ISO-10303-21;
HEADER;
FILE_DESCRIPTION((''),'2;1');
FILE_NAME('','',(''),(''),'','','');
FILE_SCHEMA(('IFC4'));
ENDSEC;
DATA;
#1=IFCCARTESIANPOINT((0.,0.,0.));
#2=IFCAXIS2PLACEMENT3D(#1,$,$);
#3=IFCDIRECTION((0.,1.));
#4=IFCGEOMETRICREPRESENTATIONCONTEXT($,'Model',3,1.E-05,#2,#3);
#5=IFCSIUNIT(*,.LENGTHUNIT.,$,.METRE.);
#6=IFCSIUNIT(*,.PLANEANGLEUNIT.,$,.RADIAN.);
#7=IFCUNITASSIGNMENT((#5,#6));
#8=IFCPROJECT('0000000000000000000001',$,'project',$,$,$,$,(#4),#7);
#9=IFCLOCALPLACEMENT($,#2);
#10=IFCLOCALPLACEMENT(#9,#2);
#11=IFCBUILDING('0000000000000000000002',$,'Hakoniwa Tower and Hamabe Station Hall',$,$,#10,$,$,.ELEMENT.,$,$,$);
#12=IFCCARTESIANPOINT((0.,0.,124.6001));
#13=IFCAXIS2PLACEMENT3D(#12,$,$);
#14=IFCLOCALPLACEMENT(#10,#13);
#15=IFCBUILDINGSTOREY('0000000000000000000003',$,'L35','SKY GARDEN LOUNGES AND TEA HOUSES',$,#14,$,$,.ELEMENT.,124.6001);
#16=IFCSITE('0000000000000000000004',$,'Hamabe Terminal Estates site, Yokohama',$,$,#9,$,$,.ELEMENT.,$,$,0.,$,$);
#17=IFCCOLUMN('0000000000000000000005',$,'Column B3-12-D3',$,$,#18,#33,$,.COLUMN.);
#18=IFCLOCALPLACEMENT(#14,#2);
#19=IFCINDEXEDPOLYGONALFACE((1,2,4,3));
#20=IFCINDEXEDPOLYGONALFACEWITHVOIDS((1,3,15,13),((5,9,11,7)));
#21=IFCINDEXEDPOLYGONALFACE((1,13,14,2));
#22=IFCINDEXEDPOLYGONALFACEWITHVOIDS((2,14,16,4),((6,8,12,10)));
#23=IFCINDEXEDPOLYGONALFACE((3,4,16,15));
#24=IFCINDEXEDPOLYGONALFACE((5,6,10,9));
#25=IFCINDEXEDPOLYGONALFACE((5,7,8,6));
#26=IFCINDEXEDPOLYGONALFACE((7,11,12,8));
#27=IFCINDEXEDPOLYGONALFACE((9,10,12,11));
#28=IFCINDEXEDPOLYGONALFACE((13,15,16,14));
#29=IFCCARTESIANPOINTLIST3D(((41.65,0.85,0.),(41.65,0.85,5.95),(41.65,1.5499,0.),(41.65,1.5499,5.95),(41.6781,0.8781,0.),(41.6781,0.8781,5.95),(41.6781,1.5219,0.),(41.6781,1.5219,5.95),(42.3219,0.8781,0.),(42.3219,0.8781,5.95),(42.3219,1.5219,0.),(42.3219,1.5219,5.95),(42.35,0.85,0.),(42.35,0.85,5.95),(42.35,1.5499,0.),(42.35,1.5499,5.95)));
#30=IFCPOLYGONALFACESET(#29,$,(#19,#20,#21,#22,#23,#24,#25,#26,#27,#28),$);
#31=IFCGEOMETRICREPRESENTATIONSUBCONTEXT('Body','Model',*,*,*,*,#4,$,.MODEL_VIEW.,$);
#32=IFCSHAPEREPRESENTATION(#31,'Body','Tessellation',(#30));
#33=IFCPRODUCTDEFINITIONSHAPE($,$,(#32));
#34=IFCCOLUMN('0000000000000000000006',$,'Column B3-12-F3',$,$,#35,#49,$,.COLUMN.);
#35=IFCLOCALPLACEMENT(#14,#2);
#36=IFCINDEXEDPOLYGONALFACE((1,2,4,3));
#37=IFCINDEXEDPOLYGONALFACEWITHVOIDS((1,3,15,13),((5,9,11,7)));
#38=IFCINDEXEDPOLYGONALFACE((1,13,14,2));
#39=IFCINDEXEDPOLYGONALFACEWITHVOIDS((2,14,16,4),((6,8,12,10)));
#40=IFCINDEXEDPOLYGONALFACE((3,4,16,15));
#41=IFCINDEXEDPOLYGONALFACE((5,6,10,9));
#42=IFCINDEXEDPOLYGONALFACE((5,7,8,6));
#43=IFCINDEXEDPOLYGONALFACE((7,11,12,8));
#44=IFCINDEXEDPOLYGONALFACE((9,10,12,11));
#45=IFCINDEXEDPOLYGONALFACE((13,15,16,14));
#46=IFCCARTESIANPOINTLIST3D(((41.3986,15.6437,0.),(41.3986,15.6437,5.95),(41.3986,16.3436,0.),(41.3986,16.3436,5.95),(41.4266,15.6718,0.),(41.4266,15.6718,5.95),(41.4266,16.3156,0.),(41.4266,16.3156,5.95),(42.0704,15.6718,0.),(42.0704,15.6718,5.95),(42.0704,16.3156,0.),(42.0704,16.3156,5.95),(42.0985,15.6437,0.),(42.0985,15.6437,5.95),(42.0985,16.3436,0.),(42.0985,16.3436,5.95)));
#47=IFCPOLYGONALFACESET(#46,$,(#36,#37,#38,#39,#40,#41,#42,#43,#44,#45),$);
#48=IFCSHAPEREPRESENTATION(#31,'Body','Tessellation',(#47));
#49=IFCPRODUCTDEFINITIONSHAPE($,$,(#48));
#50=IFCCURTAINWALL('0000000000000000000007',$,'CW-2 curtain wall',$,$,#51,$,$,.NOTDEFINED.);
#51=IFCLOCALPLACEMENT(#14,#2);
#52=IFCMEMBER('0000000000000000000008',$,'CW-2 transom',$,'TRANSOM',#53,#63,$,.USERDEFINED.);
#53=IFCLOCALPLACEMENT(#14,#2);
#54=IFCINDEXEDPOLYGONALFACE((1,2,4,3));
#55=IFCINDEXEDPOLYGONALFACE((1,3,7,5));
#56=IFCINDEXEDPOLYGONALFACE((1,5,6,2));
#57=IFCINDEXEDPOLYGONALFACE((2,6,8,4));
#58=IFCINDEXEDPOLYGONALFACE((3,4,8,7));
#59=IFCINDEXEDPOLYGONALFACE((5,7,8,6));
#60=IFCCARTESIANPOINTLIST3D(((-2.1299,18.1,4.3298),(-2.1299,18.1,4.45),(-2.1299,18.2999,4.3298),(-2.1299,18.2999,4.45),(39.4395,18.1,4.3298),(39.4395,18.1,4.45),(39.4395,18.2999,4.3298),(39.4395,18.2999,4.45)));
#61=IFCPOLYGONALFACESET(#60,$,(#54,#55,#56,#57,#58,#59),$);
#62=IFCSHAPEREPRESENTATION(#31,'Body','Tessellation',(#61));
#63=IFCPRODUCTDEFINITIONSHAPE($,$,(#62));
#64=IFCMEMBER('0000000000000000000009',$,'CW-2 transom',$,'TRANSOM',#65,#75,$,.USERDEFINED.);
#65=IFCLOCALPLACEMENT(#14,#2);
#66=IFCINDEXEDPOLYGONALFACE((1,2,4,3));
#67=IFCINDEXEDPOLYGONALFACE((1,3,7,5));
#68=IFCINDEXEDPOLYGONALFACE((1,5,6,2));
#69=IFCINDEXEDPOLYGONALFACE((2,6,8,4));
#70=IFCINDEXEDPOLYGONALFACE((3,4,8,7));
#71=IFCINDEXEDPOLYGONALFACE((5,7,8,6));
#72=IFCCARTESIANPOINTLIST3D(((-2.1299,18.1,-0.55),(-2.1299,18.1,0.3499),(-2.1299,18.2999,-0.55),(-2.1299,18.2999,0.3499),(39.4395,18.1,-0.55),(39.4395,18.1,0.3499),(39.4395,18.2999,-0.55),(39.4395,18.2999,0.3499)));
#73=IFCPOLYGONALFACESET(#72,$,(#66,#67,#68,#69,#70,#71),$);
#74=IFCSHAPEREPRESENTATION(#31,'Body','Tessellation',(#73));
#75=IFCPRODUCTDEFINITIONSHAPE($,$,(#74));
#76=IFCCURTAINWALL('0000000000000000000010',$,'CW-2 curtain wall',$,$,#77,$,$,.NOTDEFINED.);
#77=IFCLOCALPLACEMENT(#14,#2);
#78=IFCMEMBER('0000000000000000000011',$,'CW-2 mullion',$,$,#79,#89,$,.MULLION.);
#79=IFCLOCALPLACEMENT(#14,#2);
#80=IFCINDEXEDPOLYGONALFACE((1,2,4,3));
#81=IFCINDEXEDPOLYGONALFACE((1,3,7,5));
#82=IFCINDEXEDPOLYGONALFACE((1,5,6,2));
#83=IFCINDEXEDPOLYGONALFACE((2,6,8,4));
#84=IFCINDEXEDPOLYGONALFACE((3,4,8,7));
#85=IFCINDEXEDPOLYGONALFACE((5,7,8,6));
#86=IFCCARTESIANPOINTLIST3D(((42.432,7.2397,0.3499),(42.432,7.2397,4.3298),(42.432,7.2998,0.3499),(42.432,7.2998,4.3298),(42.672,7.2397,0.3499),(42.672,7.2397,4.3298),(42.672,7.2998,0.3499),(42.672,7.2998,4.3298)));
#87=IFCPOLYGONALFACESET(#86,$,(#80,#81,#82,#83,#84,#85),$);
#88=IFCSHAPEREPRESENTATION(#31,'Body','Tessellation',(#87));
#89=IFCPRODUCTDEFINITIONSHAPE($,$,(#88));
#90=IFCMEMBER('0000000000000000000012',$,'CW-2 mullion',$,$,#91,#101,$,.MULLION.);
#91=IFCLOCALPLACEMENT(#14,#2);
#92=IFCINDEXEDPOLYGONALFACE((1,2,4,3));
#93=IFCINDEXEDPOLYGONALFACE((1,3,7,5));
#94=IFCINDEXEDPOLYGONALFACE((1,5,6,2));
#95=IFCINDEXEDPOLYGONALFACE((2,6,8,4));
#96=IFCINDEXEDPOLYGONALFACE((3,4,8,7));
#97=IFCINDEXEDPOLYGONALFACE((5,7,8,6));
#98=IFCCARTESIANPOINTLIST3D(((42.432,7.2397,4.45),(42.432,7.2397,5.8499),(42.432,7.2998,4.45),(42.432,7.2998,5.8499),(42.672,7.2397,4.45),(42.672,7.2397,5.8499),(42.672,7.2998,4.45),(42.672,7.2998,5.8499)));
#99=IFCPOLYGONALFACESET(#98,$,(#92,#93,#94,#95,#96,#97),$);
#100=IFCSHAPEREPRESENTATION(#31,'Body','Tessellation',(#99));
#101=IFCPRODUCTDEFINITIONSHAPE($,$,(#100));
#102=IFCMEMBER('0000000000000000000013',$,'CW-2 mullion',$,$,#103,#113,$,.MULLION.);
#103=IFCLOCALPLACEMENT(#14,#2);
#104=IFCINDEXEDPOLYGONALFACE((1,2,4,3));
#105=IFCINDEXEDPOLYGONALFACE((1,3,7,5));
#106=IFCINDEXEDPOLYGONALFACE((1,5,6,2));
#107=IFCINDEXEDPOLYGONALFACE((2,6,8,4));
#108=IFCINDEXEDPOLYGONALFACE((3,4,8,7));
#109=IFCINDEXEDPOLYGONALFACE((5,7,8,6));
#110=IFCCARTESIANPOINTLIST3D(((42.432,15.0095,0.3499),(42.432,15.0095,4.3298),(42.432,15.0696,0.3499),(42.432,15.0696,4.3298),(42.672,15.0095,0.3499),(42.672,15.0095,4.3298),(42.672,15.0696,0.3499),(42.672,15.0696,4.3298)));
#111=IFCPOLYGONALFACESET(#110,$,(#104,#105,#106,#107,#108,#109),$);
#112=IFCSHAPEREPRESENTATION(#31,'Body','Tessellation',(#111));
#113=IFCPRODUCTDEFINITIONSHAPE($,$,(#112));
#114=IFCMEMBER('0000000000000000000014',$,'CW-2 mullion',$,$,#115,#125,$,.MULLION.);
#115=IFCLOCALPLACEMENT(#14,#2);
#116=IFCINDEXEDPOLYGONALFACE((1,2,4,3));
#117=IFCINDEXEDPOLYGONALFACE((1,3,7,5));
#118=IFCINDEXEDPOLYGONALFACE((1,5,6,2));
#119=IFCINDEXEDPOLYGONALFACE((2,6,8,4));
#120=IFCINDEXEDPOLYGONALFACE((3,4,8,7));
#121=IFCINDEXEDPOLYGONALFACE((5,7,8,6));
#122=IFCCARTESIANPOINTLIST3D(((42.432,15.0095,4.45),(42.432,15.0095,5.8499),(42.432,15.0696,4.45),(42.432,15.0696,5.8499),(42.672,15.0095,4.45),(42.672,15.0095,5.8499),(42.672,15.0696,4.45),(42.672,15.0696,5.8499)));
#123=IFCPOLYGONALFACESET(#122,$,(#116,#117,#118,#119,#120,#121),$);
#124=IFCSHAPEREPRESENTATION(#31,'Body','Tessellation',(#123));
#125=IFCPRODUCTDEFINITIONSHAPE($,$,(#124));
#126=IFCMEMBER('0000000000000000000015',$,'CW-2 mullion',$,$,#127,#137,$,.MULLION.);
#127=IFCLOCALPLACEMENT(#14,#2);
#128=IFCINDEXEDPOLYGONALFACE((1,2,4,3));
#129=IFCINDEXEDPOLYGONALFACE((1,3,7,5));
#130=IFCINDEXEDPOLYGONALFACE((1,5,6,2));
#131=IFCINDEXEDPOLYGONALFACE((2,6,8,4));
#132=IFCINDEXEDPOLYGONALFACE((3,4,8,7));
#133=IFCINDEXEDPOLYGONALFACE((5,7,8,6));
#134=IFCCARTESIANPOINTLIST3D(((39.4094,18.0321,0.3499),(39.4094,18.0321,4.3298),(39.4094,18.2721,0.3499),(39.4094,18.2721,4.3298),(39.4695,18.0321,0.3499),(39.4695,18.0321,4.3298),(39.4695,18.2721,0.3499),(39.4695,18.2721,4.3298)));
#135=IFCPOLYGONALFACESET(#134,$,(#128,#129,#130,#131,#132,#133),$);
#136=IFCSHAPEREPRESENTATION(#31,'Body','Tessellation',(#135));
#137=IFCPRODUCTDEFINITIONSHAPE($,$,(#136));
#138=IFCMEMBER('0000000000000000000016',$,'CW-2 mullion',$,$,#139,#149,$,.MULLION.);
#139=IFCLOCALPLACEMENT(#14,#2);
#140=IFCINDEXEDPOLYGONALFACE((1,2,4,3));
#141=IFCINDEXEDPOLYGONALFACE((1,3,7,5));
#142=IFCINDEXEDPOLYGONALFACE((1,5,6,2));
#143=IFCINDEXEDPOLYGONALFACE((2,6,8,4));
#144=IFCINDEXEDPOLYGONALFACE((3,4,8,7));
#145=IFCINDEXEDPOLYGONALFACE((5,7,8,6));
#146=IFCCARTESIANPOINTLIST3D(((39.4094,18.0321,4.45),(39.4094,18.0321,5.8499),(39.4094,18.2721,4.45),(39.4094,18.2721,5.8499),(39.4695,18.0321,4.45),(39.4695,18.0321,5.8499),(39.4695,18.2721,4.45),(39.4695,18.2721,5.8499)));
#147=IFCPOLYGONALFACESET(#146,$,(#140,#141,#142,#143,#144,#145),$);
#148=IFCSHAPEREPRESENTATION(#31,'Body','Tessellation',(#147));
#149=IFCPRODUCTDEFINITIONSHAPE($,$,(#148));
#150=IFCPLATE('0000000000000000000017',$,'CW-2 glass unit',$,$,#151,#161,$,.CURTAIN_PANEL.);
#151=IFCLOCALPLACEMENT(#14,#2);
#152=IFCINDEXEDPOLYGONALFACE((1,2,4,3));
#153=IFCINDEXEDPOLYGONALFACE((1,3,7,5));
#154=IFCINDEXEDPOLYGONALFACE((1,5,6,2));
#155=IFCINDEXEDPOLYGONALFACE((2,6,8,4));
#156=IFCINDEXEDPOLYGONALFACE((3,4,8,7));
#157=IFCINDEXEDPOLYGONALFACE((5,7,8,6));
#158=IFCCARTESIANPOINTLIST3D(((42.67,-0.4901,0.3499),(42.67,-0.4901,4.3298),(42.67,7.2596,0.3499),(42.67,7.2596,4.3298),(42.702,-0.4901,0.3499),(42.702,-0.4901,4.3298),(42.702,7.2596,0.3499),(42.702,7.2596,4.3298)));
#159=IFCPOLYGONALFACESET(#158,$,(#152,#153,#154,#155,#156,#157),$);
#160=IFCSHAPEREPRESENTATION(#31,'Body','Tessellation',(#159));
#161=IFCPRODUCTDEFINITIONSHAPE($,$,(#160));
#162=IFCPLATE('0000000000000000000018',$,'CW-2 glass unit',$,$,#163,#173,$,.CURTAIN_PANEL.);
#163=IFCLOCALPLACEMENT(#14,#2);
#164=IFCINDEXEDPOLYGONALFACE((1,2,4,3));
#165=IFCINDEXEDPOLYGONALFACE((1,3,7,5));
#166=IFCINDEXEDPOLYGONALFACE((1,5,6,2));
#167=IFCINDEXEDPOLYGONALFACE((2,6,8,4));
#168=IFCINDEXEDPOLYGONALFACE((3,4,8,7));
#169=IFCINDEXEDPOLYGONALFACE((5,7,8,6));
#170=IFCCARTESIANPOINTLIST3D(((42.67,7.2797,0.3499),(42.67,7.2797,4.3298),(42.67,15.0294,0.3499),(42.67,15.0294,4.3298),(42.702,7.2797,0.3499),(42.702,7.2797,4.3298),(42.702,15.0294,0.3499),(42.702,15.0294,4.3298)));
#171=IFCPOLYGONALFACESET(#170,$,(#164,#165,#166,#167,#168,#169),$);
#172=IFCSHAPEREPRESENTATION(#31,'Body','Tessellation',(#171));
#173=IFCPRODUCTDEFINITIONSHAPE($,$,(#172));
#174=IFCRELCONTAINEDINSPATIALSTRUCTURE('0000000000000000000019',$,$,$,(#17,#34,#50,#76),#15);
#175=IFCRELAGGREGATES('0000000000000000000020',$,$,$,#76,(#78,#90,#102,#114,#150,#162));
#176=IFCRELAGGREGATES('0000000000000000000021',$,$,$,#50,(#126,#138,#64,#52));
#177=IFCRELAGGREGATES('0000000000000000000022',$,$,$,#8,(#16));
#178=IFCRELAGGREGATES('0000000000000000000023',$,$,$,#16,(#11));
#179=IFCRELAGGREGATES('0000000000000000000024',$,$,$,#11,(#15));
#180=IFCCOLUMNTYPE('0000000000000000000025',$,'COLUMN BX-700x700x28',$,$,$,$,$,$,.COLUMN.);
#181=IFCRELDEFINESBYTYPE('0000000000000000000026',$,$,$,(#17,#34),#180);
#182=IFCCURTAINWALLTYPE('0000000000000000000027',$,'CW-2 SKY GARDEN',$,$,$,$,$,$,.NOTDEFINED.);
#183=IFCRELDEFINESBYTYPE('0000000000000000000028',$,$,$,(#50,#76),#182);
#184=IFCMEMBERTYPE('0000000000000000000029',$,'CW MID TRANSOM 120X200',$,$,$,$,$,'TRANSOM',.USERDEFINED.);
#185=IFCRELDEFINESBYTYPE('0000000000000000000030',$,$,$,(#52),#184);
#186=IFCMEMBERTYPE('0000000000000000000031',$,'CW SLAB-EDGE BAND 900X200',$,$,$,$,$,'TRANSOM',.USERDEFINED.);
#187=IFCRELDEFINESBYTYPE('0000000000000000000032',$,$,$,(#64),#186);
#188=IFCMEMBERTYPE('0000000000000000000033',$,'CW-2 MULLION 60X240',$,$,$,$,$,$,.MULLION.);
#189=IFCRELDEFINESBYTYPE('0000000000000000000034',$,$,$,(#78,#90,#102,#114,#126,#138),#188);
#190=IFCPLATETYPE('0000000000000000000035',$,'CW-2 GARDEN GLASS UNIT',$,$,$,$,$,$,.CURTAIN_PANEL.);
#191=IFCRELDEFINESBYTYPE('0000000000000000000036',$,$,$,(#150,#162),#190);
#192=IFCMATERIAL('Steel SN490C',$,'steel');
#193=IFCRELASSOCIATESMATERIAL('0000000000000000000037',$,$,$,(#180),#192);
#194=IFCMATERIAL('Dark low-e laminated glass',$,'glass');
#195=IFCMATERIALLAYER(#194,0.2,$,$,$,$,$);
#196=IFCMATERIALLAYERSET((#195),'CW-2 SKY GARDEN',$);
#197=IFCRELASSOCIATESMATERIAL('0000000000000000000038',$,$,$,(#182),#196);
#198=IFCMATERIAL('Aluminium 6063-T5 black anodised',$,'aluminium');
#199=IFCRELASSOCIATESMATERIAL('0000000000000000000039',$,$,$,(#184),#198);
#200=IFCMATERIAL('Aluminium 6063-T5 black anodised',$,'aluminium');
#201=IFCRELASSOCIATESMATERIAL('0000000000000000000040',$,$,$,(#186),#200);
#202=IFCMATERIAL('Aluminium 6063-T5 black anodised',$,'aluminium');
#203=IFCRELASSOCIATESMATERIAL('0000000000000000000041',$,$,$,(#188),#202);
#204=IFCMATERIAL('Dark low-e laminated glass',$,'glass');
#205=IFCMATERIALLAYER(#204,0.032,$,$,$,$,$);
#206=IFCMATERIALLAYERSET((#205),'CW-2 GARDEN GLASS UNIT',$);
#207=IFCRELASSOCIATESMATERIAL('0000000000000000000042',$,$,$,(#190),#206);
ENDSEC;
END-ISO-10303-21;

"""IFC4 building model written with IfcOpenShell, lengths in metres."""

from ifc_helpers import new_model, si_unit, direction, frame, origin, origin_2d, place, context, subcontext, project, spatial, rectangle, hollow_rectangle, extrude, material, layer, layer_set, material_profile, profile_set, type_object, element, aggregate, save


model = new_model("IFC4")

# Units and contexts
model_context = context("Model", 3, precision=1e-05, world=origin(), true_north=direction((0.0, 1.0)))
body_context = subcontext(model_context, "Body", "Model", "MODEL_VIEW")
ifc_project = project(units=[si_unit("LENGTHUNIT", "METRE"), si_unit("PLANEANGLEUNIT", "RADIAN")], contexts=[model_context])

# Site, building, storey
site_placement = place(None, origin())
site = spatial("IfcSite", under=ifc_project, at=site_placement, Name="Hamabe Terminal Estates site, Yokohama", CompositionType="ELEMENT", RefElevation=0.0)
building_placement = place(site_placement, origin())
building = spatial("IfcBuilding", under=site, at=building_placement, Name="Hakoniwa Tower and Hamabe Station Hall", CompositionType="ELEMENT")
storey_placement = place(building_placement, frame((0.0, 0.0, 124.6001)))
storey = spatial("IfcBuildingStorey", under=building, at=storey_placement, Name="L35", Description="SKY GARDEN LOUNGES AND TEA HOUSES", CompositionType="ELEMENT", Elevation=124.6001)

# Columns
ifc_material_1 = material(Name="Steel SN490C", Category="steel")
ifc_material_profile_1 = material_profile(ifc_material_1, hollow_rectangle(XDim=0.7, YDim=0.7, WallThickness=0.0281, at=origin_2d()), Name="BX-700x700x28")
ifc_profile_set_1 = profile_set([ifc_material_profile_1], Name="Steel SN490C")
column_type = type_object("IfcColumnType", Name="COLUMN BX-700x700x28", PredefinedType="COLUMN", material=ifc_profile_set_1)
for number, where, z_axis, x_axis, name in (
    (1, (42.0, 1.2, 0.0), (0.0, 0.0, 1.0), (1.0, 0.0, 0.0), "Column B3-12-D3"),
    (2, (41.7485, 15.9937, 0.0), (0.0, 0.0, 1.0), (1.0, 0.0, 0.0), "Column B3-12-F3"),
):
    element("IfcColumn", number, at=place(storey_placement, frame(where, z_axis=z_axis, x_axis=x_axis)), inside=storey, type_object=column_type, Name=name, PredefinedType="COLUMN", context=body_context, shape_type="SweptSolid", body=[
        extrude(hollow_rectangle(XDim=0.7, YDim=0.7, WallThickness=0.0281, at=origin_2d()), origin(), (0.0, 0.0, 1.0), 5.95),
    ])

# Curtain walls, members
ifc_material_2 = material(Name="Dark low-e laminated glass", Category="glass")
ifc_layer_1 = layer(ifc_material_2, 0.2)
ifc_layer_set_1 = layer_set([ifc_layer_1], Name="CW-2 SKY GARDEN")
curtain_wall_type = type_object("IfcCurtainWallType", Name="CW-2 SKY GARDEN", PredefinedType="NOTDEFINED", material=ifc_layer_set_1)
curtain_wall_1_placement = place(storey_placement, origin())
curtain_wall_1 = element("IfcCurtainWall", 3, at=curtain_wall_1_placement, inside=storey, type_object=curtain_wall_type, Name="CW-2 curtain wall", PredefinedType="NOTDEFINED")
ifc_material_3 = material(Name="Aluminium 6063-T5 black anodised", Category="aluminium")
ifc_material_profile_2 = material_profile(ifc_material_3, rectangle(XDim=0.2, YDim=0.1201, at=origin_2d()), Name="CW MID TRANSOM 120X200")
ifc_profile_set_2 = profile_set([ifc_material_profile_2], Name="Aluminium 6063-T5 black anodised")
member_type_1 = type_object("IfcMemberType", Name="CW MID TRANSOM 120X200", ElementType="TRANSOM", PredefinedType="USERDEFINED", material=ifc_profile_set_2)
member_1_placement = place(storey_placement, frame((39.4395, 18.2, 4.3899), z_axis=(-1.0, 0.0, 0.0), x_axis=(0.0, -1.0, 0.0)))
member_1 = element("IfcMember", 4, at=member_1_placement, type_object=member_type_1, Name="CW-2 transom", ObjectType="TRANSOM", PredefinedType="USERDEFINED", context=body_context, shape_type="SweptSolid", body=[
    extrude(rectangle(XDim=0.2, YDim=0.1201, at=origin_2d()), origin(), (0.0, 0.0, 1.0), 41.5693),
])
ifc_material_4 = material(Name="Aluminium 6063-T5 black anodised", Category="aluminium")
ifc_material_profile_3 = material_profile(ifc_material_4, rectangle(XDim=0.2, YDim=0.8999, at=origin_2d()), Name="CW SLAB-EDGE BAND 900X200")
ifc_profile_set_3 = profile_set([ifc_material_profile_3], Name="Aluminium 6063-T5 black anodised")
member_type_2 = type_object("IfcMemberType", Name="CW SLAB-EDGE BAND 900X200", ElementType="TRANSOM", PredefinedType="USERDEFINED", material=ifc_profile_set_3)
member_2_placement = place(storey_placement, frame((39.4395, 18.2, -0.1001), z_axis=(-1.0, 0.0, 0.0), x_axis=(0.0, -1.0, 0.0)))
member_2 = element("IfcMember", 5, at=member_2_placement, type_object=member_type_2, Name="CW-2 transom", ObjectType="TRANSOM", PredefinedType="USERDEFINED", context=body_context, shape_type="SweptSolid", body=[
    extrude(rectangle(XDim=0.2, YDim=0.8999, at=origin_2d()), origin(), (0.0, 0.0, 1.0), 41.5693),
])
curtain_wall_2_placement = place(storey_placement, origin())
curtain_wall_2 = element("IfcCurtainWall", 6, at=curtain_wall_2_placement, inside=storey, type_object=curtain_wall_type, Name="CW-2 curtain wall", PredefinedType="NOTDEFINED")
ifc_material_5 = material(Name="Aluminium 6063-T5 black anodised", Category="aluminium")
ifc_material_profile_4 = material_profile(ifc_material_5, rectangle(XDim=0.0601, YDim=0.24, at=origin_2d()), Name="CW-2 MULLION 60X240")
ifc_profile_set_4 = profile_set([ifc_material_profile_4], Name="Aluminium 6063-T5 black anodised")
member_type_3 = type_object("IfcMemberType", Name="CW-2 MULLION 60X240", PredefinedType="MULLION", material=ifc_profile_set_4)
member_3_placement = place(storey_placement, frame((42.552, 7.2698, 0.3499), z_axis=(0.0, 0.0, 1.0), x_axis=(0.0, 1.0, 0.0)))
member_3 = element("IfcMember", 7, at=member_3_placement, type_object=member_type_3, Name="CW-2 mullion", PredefinedType="MULLION", context=body_context, shape_type="SweptSolid", body=[
    extrude(rectangle(XDim=0.0601, YDim=0.24, at=origin_2d()), origin(), (0.0, 0.0, 1.0), 3.98),
])
member_4_placement = place(storey_placement, frame((42.552, 7.2698, 4.45), z_axis=(0.0, 0.0, 1.0), x_axis=(0.0, 1.0, 0.0)))
member_4 = element("IfcMember", 8, at=member_4_placement, type_object=member_type_3, Name="CW-2 mullion", PredefinedType="MULLION", context=body_context, shape_type="SweptSolid", body=[
    extrude(rectangle(XDim=0.0601, YDim=0.24, at=origin_2d()), origin(), (0.0, 0.0, 1.0), 1.3999),
])
member_5_placement = place(storey_placement, frame((42.552, 15.0396, 0.3499), z_axis=(0.0, 0.0, 1.0), x_axis=(0.0, 1.0, 0.0)))
member_5 = element("IfcMember", 9, at=member_5_placement, type_object=member_type_3, Name="CW-2 mullion", PredefinedType="MULLION", context=body_context, shape_type="SweptSolid", body=[
    extrude(rectangle(XDim=0.0601, YDim=0.24, at=origin_2d()), origin(), (0.0, 0.0, 1.0), 3.98),
])
member_6_placement = place(storey_placement, frame((42.552, 15.0396, 4.45), z_axis=(0.0, 0.0, 1.0), x_axis=(0.0, 1.0, 0.0)))
member_6 = element("IfcMember", 10, at=member_6_placement, type_object=member_type_3, Name="CW-2 mullion", PredefinedType="MULLION", context=body_context, shape_type="SweptSolid", body=[
    extrude(rectangle(XDim=0.0601, YDim=0.24, at=origin_2d()), origin(), (0.0, 0.0, 1.0), 1.3999),
])

# Members
member_7_placement = place(storey_placement, frame((39.4395, 18.1521, 0.3499), z_axis=(0.0, 0.0, 1.0), x_axis=(-1.0, 0.0, 0.0)))
member_7 = element("IfcMember", 11, at=member_7_placement, type_object=member_type_3, Name="CW-2 mullion", PredefinedType="MULLION", context=body_context, shape_type="SweptSolid", body=[
    extrude(rectangle(XDim=0.0601, YDim=0.24, at=origin_2d()), origin(), (0.0, 0.0, 1.0), 3.98),
])
member_8_placement = place(storey_placement, frame((39.4395, 18.1521, 4.45), z_axis=(0.0, 0.0, 1.0), x_axis=(-1.0, 0.0, 0.0)))
member_8 = element("IfcMember", 12, at=member_8_placement, type_object=member_type_3, Name="CW-2 mullion", PredefinedType="MULLION", context=body_context, shape_type="SweptSolid", body=[
    extrude(rectangle(XDim=0.0601, YDim=0.24, at=origin_2d()), origin(), (0.0, 0.0, 1.0), 1.3999),
])

# Plates
ifc_material_6 = material(Name="Dark low-e laminated glass", Category="glass")
ifc_layer_2 = layer(ifc_material_6, 0.032)
ifc_layer_set_2 = layer_set([ifc_layer_2], Name="CW-2 GARDEN GLASS UNIT")
plate_type = type_object("IfcPlateType", Name="CW-2 GARDEN GLASS UNIT", PredefinedType="CURTAIN_PANEL", material=ifc_layer_set_2)
plate_1_placement = place(storey_placement, frame((42.686, 3.3848, 0.3499), z_axis=(0.0, 0.0, 1.0), x_axis=(0.0, 1.0, 0.0)))
plate_1 = element("IfcPlate", 13, at=plate_1_placement, type_object=plate_type, Name="CW-2 glass unit", PredefinedType="CURTAIN_PANEL", context=body_context, shape_type="SweptSolid", body=[
    extrude(rectangle(XDim=7.7498, YDim=0.032, at=origin_2d()), origin(), (0.0, 0.0, 1.0), 3.98),
])
plate_2_placement = place(storey_placement, frame((42.686, 11.1545, 0.3499), z_axis=(0.0, 0.0, 1.0), x_axis=(0.0, 1.0, 0.0)))
plate_2 = element("IfcPlate", 14, at=plate_2_placement, type_object=plate_type, Name="CW-2 glass unit", PredefinedType="CURTAIN_PANEL", context=body_context, shape_type="SweptSolid", body=[
    extrude(rectangle(XDim=7.7498, YDim=0.032, at=origin_2d()), origin(), (0.0, 0.0, 1.0), 3.98),
])

aggregate(curtain_wall_2, [member_3, member_4, member_5, member_6, plate_1, plate_2])

aggregate(curtain_wall_1, [member_7, member_8, member_2, member_1])

save(model, "model.ifc")
